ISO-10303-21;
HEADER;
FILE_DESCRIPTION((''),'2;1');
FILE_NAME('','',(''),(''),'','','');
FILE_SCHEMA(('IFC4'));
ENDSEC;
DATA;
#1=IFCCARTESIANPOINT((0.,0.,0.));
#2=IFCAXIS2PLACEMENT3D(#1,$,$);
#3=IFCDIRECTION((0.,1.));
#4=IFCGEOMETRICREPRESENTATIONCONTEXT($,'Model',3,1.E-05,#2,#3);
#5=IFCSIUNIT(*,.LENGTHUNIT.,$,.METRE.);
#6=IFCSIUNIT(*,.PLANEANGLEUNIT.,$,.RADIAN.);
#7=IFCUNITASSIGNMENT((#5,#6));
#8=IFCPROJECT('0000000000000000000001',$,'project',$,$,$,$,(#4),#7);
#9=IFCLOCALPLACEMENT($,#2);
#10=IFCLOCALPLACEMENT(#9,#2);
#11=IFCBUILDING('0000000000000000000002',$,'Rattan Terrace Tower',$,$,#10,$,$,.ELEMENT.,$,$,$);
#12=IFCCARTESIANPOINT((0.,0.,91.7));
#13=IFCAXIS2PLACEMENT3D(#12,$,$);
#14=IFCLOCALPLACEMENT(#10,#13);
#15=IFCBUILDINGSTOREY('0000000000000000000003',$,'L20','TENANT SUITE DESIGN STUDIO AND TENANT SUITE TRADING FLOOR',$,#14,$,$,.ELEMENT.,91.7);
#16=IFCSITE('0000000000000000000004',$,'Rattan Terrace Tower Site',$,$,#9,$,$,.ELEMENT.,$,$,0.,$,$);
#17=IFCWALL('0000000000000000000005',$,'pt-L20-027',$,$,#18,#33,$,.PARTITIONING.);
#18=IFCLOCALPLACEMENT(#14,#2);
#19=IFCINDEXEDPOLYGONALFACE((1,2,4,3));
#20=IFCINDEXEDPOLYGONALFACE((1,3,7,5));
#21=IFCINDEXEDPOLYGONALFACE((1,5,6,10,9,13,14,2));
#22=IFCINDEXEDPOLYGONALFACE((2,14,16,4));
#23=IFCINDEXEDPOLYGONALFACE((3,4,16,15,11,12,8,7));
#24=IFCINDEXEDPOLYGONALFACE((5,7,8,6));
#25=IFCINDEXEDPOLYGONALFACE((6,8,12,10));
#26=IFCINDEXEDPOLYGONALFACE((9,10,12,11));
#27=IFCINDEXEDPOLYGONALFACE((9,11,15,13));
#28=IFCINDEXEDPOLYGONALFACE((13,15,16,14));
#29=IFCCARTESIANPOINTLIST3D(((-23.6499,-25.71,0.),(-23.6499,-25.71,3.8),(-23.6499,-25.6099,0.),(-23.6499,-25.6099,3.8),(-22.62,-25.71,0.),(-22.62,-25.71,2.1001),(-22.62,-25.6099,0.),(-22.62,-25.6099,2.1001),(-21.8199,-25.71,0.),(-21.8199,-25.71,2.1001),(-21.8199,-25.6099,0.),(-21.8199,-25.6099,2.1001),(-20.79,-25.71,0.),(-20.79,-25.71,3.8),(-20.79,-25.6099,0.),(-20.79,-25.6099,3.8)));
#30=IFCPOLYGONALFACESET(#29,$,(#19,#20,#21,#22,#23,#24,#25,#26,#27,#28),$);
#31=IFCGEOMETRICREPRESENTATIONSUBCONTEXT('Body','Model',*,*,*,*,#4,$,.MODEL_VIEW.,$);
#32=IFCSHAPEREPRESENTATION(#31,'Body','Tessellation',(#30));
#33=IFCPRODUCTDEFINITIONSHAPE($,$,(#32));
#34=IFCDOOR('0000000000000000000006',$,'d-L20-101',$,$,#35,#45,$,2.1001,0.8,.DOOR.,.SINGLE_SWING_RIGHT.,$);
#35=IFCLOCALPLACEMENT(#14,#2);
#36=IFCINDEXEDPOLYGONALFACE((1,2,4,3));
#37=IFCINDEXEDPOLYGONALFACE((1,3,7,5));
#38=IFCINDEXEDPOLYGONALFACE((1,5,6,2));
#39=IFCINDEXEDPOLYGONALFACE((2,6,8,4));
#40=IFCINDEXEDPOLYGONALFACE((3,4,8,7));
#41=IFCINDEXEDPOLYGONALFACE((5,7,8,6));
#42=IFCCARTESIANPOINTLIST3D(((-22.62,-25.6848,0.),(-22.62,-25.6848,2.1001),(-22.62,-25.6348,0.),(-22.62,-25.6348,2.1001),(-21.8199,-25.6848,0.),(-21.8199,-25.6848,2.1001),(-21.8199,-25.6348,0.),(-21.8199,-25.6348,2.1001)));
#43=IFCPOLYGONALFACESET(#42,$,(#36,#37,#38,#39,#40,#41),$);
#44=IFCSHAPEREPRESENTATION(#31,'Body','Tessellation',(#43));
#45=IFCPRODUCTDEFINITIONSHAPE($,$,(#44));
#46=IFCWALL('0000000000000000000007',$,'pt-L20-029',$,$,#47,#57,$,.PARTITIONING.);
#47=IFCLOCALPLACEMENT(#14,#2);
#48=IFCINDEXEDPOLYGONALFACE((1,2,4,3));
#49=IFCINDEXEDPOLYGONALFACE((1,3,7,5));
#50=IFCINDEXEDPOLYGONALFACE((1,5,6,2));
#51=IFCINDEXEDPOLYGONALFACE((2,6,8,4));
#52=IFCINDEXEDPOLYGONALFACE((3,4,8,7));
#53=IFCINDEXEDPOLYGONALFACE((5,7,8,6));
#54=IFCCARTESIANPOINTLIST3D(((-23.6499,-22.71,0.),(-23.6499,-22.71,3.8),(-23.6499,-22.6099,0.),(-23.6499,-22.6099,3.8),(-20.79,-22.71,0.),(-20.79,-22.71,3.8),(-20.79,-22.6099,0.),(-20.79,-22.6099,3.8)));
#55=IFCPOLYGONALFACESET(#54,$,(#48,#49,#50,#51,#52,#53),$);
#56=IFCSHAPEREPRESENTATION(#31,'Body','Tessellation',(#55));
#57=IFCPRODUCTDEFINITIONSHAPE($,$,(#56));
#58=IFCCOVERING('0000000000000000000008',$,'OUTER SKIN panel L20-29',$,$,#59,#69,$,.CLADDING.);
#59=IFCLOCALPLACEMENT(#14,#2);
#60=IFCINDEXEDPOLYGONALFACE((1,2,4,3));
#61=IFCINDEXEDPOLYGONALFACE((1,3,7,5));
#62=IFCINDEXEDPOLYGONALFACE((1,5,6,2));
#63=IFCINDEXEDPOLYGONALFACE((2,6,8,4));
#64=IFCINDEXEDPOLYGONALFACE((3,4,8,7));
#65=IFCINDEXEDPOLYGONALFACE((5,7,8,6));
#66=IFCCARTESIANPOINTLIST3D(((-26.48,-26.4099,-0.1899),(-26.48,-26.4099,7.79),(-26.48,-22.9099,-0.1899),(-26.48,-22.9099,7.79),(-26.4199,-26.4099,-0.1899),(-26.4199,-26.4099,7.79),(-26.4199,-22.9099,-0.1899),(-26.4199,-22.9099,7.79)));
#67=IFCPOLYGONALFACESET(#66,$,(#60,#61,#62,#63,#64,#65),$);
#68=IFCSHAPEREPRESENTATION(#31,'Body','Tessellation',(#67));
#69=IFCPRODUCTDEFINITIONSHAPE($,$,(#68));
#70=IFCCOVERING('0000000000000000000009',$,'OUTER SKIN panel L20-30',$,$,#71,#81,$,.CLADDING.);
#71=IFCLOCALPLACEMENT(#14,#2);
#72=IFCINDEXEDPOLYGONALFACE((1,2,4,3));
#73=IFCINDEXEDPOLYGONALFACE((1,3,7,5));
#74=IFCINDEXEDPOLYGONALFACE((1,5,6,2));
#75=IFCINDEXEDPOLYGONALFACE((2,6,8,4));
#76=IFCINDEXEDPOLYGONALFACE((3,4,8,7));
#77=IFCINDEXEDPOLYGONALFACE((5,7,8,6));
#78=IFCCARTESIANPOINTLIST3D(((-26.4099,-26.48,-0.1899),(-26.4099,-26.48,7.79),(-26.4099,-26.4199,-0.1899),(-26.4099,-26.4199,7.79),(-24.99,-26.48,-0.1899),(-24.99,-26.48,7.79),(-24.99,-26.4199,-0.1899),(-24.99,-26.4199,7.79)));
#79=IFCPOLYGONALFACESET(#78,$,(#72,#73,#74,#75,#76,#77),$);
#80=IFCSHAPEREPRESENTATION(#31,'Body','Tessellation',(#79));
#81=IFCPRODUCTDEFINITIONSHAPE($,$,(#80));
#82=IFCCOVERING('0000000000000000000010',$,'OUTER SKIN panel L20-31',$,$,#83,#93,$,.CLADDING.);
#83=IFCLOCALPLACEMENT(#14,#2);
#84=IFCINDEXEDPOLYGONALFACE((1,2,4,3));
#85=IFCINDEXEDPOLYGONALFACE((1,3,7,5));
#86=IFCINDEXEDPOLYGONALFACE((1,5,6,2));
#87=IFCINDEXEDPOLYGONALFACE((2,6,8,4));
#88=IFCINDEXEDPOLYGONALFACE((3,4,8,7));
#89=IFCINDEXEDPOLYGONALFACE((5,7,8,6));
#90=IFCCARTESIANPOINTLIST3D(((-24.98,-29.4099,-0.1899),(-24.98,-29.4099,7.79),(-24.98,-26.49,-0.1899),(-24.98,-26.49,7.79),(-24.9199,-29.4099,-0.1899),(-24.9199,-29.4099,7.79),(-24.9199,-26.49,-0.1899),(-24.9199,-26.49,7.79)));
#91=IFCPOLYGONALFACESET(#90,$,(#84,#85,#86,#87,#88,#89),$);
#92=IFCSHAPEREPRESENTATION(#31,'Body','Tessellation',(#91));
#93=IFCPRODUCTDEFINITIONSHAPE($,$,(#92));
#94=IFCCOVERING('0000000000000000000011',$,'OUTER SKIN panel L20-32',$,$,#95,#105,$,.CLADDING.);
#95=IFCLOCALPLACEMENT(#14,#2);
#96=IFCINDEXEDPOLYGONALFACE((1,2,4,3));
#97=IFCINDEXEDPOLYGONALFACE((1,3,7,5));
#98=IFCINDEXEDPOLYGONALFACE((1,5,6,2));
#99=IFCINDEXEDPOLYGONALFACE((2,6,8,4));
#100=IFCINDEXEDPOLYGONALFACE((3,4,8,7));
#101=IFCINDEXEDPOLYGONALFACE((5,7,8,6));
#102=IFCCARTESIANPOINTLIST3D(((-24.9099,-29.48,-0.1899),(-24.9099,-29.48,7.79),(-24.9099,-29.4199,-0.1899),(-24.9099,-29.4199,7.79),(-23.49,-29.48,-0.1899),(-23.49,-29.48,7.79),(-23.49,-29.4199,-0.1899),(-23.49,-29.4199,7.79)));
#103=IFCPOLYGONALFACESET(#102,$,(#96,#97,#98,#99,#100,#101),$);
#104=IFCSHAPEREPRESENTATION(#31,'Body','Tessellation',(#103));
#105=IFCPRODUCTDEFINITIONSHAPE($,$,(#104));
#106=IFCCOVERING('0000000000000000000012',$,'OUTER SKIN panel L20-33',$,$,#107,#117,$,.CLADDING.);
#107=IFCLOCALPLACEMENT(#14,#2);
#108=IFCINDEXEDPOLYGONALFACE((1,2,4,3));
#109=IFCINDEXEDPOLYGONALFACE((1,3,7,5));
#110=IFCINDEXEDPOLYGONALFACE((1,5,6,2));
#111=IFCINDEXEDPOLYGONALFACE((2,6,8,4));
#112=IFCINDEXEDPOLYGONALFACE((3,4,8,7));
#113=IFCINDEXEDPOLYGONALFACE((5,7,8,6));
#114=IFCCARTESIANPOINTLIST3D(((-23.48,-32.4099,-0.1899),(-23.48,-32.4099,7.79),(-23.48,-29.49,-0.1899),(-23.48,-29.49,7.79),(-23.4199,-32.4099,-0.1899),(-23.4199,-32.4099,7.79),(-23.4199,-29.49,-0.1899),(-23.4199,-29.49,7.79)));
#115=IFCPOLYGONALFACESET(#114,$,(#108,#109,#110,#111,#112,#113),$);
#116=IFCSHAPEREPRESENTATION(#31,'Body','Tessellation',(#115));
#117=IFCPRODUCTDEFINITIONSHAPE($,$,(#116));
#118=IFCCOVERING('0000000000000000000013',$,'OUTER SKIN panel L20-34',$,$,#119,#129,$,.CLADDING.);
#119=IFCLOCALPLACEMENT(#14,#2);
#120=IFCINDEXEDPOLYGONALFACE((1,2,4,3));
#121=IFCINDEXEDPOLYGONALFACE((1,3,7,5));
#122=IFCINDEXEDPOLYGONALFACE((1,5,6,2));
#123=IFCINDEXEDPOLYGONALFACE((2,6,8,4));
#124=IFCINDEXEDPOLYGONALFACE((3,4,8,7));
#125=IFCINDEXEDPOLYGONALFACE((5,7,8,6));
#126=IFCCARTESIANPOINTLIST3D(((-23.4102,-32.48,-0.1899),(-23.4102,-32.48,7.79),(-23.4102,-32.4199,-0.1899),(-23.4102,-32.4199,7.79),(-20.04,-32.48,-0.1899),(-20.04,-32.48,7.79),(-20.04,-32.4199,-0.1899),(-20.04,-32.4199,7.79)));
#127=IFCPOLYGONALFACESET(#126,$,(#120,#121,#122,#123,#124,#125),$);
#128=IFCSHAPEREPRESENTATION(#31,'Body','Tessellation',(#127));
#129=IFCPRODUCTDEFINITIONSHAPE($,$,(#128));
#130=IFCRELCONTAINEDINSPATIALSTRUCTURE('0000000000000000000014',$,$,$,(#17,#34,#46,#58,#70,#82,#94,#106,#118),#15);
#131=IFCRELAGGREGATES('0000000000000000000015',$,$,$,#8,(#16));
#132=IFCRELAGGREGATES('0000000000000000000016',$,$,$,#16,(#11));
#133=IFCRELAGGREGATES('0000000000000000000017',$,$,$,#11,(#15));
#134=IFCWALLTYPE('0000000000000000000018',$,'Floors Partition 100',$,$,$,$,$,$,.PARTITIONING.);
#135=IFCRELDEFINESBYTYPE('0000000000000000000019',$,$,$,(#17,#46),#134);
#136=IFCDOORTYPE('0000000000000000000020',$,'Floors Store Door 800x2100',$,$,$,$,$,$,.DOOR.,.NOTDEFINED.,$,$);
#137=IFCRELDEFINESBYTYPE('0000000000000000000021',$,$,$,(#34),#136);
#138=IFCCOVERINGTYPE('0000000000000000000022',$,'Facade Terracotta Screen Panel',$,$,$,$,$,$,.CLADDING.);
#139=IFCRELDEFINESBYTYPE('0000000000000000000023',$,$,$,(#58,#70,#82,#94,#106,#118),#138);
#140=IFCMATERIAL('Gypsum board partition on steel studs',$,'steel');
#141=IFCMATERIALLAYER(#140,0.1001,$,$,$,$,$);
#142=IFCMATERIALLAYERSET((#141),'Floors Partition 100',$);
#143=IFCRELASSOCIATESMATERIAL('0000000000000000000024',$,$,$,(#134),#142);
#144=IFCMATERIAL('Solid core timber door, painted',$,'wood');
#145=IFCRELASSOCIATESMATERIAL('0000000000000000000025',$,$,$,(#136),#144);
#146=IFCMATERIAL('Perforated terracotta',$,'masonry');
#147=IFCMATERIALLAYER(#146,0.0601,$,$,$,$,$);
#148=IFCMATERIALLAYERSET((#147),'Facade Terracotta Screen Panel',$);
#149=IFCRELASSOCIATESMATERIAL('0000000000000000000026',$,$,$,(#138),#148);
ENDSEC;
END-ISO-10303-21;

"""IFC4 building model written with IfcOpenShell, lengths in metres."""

from ifc_helpers import new_model, si_unit, direction, frame, frame_2d, origin, origin_2d, place, context, subcontext, project, spatial, rectangle, extrude, material, layer, layer_set, type_object, element, fill, save


model = new_model("IFC4")

# Units and contexts
model_context = context("Model", 3, precision=1e-05, world=origin(), true_north=direction((0.0, 1.0)))
body_context = subcontext(model_context, "Body", "Model", "MODEL_VIEW")
ifc_project = project(units=[si_unit("LENGTHUNIT", "METRE"), si_unit("PLANEANGLEUNIT", "RADIAN")], contexts=[model_context])

# Site, building, storey
site_placement = place(None, origin())
site = spatial("IfcSite", under=ifc_project, at=site_placement, Name="Rattan Terrace Tower Site", CompositionType="ELEMENT", RefElevation=0.0)
building_placement = place(site_placement, origin())
building = spatial("IfcBuilding", under=site, at=building_placement, Name="Rattan Terrace Tower", CompositionType="ELEMENT")
storey_placement = place(building_placement, frame((0.0, 0.0, 91.7)))
storey = spatial("IfcBuildingStorey", under=building, at=storey_placement, Name="L20", Description="TENANT SUITE DESIGN STUDIO AND TENANT SUITE TRADING FLOOR", CompositionType="ELEMENT", Elevation=91.7)

# Shared definitions
ifc_material_1 = material(Name="Gypsum board partition on steel studs", Category="steel")
ifc_layer_1 = layer(ifc_material_1, 0.1001)
ifc_layer_set_1 = layer_set([ifc_layer_1], Name="Floors Partition 100")
wall_type_1 = type_object("IfcWallType", Name="Floors Partition 100", PredefinedType="PARTITIONING", material=ifc_layer_set_1)

# Wall, opening, door
ifc_material_2 = material(Name="Solid core timber door, painted", Category="wood")
door_type = type_object("IfcDoorType", Name="Floors Store Door 800x2100", OperationType="NOTDEFINED", PredefinedType="DOOR", material=ifc_material_2)
wall_1_placement = place(storey_placement, frame((-20.79, -25.6599, 0.0), z_axis=(0.0, 0.0, 1.0), x_axis=(-1.0, 0.0, 0.0)))
wall_1 = element("IfcWall", 1, at=wall_1_placement, inside=storey, type_object=wall_type_1, Name="pt-L20-027", PredefinedType="PARTITIONING", context=body_context, shape_type="SweptSolid", body=[
    extrude(rectangle(XDim=2.8599, YDim=0.1001, at=frame_2d((1.4299, 0.0))), origin(), (0.0, 0.0, 1.0), 3.8),
])
opening_1_placement = place(wall_1_placement, frame((1.03, 0.0, 0.0)))
opening_1 = element("IfcOpeningElement", 2, at=opening_1_placement, cuts=wall_1, PredefinedType="OPENING", context=body_context, shape_type="SweptSolid", body=[
    extrude(rectangle(XDim=0.8, YDim=2.1001, at=frame_2d((0.3999, 1.05))), frame((0.0, 0.0605, 0.0), z_axis=(0.0, -1.0, 0.0), x_axis=(1.0, 0.0, 0.0)), (0.0, 0.0, 1.0), 0.1211),
])
door_1_placement = place(opening_1_placement, origin())
door_1 = element("IfcDoor", 3, at=door_1_placement, inside=storey, type_object=door_type, Name="d-L20-101", OperationType="SINGLE_SWING_RIGHT", OverallHeight=2.1001, OverallWidth=0.8, PredefinedType="DOOR", context=body_context, shape_type="SweptSolid", body=[
    extrude(rectangle(XDim=0.8, YDim=2.1001, at=frame_2d((0.3999, 1.05))), frame((0.0, 0.0249, 0.0), z_axis=(0.0, -1.0, 0.0), x_axis=(1.0, 0.0, 0.0)), (0.0, 0.0, 1.0), 0.05),
])
fill(opening_1, door_1)

# Wall
wall_2_placement = place(storey_placement, frame((-23.6499, -22.6599, 0.0), z_axis=(0.0, 0.0, 1.0), x_axis=(1.0, 0.0, 0.0)))
element("IfcWall", 4, at=wall_2_placement, inside=storey, type_object=wall_type_1, Name="pt-L20-029", PredefinedType="PARTITIONING", context=body_context, shape_type="SweptSolid", body=[
    extrude(rectangle(XDim=2.8599, YDim=0.1001, at=frame_2d((1.4299, 0.0))), origin(), (0.0, 0.0, 1.0), 3.8),
])

# Coverings
ifc_material_3 = material(Name="Perforated terracotta", Category="masonry")
ifc_layer_2 = layer(ifc_material_3, 0.0601)
ifc_layer_set_2 = layer_set([ifc_layer_2], Name="Facade Terracotta Screen Panel")
covering_type = type_object("IfcCoveringType", Name="Facade Terracotta Screen Panel", PredefinedType="CLADDING", material=ifc_layer_set_2)
covering_1_placement = place(storey_placement, frame((-26.45, -24.6599, -0.1899), z_axis=(0.0, 0.0, 1.0), x_axis=(0.0, -1.0, 0.0)))
element("IfcCovering", 5, at=covering_1_placement, inside=storey, type_object=covering_type, Name="OUTER SKIN panel L20-29", PredefinedType="CLADDING", context=body_context, shape_type="SweptSolid", body=[
    extrude(rectangle(XDim=3.5, YDim=0.0601, at=origin_2d()), origin(), (0.0, 0.0, 1.0), 7.98),
])
covering_2_placement = place(storey_placement, frame((-25.7, -26.45, -0.1899), z_axis=(0.0, 0.0, 1.0), x_axis=(1.0, 0.0, 0.0)))
element("IfcCovering", 6, at=covering_2_placement, inside=storey, type_object=covering_type, Name="OUTER SKIN panel L20-30", PredefinedType="CLADDING", context=body_context, shape_type="SweptSolid", body=[
    extrude(rectangle(XDim=1.4199, YDim=0.0601, at=origin_2d()), origin(), (0.0, 0.0, 1.0), 7.98),
])
covering_3_placement = place(storey_placement, frame((-24.95, -27.95, -0.1899), z_axis=(0.0, 0.0, 1.0), x_axis=(0.0, -1.0, 0.0)))
element("IfcCovering", 7, at=covering_3_placement, inside=storey, type_object=covering_type, Name="OUTER SKIN panel L20-31", PredefinedType="CLADDING", context=body_context, shape_type="SweptSolid", body=[
    extrude(rectangle(XDim=2.9199, YDim=0.0601, at=origin_2d()), origin(), (0.0, 0.0, 1.0), 7.98),
])
covering_4_placement = place(storey_placement, frame((-24.2, -29.45, -0.1899), z_axis=(0.0, 0.0, 1.0), x_axis=(1.0, 0.0, 0.0)))
element("IfcCovering", 8, at=covering_4_placement, inside=storey, type_object=covering_type, Name="OUTER SKIN panel L20-32", PredefinedType="CLADDING", context=body_context, shape_type="SweptSolid", body=[
    extrude(rectangle(XDim=1.4199, YDim=0.0601, at=origin_2d()), origin(), (0.0, 0.0, 1.0), 7.98),
])
covering_5_placement = place(storey_placement, frame((-23.45, -30.95, -0.1899), z_axis=(0.0, 0.0, 1.0), x_axis=(0.0, -1.0, 0.0)))
element("IfcCovering", 9, at=covering_5_placement, inside=storey, type_object=covering_type, Name="OUTER SKIN panel L20-33", PredefinedType="CLADDING", context=body_context, shape_type="SweptSolid", body=[
    extrude(rectangle(XDim=2.9199, YDim=0.0601, at=origin_2d()), origin(), (0.0, 0.0, 1.0), 7.98),
])
covering_6_placement = place(storey_placement, frame((-21.7251, -32.45, -0.1899), z_axis=(0.0, 0.0, 1.0), x_axis=(1.0, 0.0, 0.0)))
element("IfcCovering", 10, at=covering_6_placement, inside=storey, type_object=covering_type, Name="OUTER SKIN panel L20-34", PredefinedType="CLADDING", context=body_context, shape_type="SweptSolid", body=[
    extrude(rectangle(XDim=3.3701, YDim=0.0601, at=origin_2d()), origin(), (0.0, 0.0, 1.0), 7.98),
])

save(model, "model.ifc")
